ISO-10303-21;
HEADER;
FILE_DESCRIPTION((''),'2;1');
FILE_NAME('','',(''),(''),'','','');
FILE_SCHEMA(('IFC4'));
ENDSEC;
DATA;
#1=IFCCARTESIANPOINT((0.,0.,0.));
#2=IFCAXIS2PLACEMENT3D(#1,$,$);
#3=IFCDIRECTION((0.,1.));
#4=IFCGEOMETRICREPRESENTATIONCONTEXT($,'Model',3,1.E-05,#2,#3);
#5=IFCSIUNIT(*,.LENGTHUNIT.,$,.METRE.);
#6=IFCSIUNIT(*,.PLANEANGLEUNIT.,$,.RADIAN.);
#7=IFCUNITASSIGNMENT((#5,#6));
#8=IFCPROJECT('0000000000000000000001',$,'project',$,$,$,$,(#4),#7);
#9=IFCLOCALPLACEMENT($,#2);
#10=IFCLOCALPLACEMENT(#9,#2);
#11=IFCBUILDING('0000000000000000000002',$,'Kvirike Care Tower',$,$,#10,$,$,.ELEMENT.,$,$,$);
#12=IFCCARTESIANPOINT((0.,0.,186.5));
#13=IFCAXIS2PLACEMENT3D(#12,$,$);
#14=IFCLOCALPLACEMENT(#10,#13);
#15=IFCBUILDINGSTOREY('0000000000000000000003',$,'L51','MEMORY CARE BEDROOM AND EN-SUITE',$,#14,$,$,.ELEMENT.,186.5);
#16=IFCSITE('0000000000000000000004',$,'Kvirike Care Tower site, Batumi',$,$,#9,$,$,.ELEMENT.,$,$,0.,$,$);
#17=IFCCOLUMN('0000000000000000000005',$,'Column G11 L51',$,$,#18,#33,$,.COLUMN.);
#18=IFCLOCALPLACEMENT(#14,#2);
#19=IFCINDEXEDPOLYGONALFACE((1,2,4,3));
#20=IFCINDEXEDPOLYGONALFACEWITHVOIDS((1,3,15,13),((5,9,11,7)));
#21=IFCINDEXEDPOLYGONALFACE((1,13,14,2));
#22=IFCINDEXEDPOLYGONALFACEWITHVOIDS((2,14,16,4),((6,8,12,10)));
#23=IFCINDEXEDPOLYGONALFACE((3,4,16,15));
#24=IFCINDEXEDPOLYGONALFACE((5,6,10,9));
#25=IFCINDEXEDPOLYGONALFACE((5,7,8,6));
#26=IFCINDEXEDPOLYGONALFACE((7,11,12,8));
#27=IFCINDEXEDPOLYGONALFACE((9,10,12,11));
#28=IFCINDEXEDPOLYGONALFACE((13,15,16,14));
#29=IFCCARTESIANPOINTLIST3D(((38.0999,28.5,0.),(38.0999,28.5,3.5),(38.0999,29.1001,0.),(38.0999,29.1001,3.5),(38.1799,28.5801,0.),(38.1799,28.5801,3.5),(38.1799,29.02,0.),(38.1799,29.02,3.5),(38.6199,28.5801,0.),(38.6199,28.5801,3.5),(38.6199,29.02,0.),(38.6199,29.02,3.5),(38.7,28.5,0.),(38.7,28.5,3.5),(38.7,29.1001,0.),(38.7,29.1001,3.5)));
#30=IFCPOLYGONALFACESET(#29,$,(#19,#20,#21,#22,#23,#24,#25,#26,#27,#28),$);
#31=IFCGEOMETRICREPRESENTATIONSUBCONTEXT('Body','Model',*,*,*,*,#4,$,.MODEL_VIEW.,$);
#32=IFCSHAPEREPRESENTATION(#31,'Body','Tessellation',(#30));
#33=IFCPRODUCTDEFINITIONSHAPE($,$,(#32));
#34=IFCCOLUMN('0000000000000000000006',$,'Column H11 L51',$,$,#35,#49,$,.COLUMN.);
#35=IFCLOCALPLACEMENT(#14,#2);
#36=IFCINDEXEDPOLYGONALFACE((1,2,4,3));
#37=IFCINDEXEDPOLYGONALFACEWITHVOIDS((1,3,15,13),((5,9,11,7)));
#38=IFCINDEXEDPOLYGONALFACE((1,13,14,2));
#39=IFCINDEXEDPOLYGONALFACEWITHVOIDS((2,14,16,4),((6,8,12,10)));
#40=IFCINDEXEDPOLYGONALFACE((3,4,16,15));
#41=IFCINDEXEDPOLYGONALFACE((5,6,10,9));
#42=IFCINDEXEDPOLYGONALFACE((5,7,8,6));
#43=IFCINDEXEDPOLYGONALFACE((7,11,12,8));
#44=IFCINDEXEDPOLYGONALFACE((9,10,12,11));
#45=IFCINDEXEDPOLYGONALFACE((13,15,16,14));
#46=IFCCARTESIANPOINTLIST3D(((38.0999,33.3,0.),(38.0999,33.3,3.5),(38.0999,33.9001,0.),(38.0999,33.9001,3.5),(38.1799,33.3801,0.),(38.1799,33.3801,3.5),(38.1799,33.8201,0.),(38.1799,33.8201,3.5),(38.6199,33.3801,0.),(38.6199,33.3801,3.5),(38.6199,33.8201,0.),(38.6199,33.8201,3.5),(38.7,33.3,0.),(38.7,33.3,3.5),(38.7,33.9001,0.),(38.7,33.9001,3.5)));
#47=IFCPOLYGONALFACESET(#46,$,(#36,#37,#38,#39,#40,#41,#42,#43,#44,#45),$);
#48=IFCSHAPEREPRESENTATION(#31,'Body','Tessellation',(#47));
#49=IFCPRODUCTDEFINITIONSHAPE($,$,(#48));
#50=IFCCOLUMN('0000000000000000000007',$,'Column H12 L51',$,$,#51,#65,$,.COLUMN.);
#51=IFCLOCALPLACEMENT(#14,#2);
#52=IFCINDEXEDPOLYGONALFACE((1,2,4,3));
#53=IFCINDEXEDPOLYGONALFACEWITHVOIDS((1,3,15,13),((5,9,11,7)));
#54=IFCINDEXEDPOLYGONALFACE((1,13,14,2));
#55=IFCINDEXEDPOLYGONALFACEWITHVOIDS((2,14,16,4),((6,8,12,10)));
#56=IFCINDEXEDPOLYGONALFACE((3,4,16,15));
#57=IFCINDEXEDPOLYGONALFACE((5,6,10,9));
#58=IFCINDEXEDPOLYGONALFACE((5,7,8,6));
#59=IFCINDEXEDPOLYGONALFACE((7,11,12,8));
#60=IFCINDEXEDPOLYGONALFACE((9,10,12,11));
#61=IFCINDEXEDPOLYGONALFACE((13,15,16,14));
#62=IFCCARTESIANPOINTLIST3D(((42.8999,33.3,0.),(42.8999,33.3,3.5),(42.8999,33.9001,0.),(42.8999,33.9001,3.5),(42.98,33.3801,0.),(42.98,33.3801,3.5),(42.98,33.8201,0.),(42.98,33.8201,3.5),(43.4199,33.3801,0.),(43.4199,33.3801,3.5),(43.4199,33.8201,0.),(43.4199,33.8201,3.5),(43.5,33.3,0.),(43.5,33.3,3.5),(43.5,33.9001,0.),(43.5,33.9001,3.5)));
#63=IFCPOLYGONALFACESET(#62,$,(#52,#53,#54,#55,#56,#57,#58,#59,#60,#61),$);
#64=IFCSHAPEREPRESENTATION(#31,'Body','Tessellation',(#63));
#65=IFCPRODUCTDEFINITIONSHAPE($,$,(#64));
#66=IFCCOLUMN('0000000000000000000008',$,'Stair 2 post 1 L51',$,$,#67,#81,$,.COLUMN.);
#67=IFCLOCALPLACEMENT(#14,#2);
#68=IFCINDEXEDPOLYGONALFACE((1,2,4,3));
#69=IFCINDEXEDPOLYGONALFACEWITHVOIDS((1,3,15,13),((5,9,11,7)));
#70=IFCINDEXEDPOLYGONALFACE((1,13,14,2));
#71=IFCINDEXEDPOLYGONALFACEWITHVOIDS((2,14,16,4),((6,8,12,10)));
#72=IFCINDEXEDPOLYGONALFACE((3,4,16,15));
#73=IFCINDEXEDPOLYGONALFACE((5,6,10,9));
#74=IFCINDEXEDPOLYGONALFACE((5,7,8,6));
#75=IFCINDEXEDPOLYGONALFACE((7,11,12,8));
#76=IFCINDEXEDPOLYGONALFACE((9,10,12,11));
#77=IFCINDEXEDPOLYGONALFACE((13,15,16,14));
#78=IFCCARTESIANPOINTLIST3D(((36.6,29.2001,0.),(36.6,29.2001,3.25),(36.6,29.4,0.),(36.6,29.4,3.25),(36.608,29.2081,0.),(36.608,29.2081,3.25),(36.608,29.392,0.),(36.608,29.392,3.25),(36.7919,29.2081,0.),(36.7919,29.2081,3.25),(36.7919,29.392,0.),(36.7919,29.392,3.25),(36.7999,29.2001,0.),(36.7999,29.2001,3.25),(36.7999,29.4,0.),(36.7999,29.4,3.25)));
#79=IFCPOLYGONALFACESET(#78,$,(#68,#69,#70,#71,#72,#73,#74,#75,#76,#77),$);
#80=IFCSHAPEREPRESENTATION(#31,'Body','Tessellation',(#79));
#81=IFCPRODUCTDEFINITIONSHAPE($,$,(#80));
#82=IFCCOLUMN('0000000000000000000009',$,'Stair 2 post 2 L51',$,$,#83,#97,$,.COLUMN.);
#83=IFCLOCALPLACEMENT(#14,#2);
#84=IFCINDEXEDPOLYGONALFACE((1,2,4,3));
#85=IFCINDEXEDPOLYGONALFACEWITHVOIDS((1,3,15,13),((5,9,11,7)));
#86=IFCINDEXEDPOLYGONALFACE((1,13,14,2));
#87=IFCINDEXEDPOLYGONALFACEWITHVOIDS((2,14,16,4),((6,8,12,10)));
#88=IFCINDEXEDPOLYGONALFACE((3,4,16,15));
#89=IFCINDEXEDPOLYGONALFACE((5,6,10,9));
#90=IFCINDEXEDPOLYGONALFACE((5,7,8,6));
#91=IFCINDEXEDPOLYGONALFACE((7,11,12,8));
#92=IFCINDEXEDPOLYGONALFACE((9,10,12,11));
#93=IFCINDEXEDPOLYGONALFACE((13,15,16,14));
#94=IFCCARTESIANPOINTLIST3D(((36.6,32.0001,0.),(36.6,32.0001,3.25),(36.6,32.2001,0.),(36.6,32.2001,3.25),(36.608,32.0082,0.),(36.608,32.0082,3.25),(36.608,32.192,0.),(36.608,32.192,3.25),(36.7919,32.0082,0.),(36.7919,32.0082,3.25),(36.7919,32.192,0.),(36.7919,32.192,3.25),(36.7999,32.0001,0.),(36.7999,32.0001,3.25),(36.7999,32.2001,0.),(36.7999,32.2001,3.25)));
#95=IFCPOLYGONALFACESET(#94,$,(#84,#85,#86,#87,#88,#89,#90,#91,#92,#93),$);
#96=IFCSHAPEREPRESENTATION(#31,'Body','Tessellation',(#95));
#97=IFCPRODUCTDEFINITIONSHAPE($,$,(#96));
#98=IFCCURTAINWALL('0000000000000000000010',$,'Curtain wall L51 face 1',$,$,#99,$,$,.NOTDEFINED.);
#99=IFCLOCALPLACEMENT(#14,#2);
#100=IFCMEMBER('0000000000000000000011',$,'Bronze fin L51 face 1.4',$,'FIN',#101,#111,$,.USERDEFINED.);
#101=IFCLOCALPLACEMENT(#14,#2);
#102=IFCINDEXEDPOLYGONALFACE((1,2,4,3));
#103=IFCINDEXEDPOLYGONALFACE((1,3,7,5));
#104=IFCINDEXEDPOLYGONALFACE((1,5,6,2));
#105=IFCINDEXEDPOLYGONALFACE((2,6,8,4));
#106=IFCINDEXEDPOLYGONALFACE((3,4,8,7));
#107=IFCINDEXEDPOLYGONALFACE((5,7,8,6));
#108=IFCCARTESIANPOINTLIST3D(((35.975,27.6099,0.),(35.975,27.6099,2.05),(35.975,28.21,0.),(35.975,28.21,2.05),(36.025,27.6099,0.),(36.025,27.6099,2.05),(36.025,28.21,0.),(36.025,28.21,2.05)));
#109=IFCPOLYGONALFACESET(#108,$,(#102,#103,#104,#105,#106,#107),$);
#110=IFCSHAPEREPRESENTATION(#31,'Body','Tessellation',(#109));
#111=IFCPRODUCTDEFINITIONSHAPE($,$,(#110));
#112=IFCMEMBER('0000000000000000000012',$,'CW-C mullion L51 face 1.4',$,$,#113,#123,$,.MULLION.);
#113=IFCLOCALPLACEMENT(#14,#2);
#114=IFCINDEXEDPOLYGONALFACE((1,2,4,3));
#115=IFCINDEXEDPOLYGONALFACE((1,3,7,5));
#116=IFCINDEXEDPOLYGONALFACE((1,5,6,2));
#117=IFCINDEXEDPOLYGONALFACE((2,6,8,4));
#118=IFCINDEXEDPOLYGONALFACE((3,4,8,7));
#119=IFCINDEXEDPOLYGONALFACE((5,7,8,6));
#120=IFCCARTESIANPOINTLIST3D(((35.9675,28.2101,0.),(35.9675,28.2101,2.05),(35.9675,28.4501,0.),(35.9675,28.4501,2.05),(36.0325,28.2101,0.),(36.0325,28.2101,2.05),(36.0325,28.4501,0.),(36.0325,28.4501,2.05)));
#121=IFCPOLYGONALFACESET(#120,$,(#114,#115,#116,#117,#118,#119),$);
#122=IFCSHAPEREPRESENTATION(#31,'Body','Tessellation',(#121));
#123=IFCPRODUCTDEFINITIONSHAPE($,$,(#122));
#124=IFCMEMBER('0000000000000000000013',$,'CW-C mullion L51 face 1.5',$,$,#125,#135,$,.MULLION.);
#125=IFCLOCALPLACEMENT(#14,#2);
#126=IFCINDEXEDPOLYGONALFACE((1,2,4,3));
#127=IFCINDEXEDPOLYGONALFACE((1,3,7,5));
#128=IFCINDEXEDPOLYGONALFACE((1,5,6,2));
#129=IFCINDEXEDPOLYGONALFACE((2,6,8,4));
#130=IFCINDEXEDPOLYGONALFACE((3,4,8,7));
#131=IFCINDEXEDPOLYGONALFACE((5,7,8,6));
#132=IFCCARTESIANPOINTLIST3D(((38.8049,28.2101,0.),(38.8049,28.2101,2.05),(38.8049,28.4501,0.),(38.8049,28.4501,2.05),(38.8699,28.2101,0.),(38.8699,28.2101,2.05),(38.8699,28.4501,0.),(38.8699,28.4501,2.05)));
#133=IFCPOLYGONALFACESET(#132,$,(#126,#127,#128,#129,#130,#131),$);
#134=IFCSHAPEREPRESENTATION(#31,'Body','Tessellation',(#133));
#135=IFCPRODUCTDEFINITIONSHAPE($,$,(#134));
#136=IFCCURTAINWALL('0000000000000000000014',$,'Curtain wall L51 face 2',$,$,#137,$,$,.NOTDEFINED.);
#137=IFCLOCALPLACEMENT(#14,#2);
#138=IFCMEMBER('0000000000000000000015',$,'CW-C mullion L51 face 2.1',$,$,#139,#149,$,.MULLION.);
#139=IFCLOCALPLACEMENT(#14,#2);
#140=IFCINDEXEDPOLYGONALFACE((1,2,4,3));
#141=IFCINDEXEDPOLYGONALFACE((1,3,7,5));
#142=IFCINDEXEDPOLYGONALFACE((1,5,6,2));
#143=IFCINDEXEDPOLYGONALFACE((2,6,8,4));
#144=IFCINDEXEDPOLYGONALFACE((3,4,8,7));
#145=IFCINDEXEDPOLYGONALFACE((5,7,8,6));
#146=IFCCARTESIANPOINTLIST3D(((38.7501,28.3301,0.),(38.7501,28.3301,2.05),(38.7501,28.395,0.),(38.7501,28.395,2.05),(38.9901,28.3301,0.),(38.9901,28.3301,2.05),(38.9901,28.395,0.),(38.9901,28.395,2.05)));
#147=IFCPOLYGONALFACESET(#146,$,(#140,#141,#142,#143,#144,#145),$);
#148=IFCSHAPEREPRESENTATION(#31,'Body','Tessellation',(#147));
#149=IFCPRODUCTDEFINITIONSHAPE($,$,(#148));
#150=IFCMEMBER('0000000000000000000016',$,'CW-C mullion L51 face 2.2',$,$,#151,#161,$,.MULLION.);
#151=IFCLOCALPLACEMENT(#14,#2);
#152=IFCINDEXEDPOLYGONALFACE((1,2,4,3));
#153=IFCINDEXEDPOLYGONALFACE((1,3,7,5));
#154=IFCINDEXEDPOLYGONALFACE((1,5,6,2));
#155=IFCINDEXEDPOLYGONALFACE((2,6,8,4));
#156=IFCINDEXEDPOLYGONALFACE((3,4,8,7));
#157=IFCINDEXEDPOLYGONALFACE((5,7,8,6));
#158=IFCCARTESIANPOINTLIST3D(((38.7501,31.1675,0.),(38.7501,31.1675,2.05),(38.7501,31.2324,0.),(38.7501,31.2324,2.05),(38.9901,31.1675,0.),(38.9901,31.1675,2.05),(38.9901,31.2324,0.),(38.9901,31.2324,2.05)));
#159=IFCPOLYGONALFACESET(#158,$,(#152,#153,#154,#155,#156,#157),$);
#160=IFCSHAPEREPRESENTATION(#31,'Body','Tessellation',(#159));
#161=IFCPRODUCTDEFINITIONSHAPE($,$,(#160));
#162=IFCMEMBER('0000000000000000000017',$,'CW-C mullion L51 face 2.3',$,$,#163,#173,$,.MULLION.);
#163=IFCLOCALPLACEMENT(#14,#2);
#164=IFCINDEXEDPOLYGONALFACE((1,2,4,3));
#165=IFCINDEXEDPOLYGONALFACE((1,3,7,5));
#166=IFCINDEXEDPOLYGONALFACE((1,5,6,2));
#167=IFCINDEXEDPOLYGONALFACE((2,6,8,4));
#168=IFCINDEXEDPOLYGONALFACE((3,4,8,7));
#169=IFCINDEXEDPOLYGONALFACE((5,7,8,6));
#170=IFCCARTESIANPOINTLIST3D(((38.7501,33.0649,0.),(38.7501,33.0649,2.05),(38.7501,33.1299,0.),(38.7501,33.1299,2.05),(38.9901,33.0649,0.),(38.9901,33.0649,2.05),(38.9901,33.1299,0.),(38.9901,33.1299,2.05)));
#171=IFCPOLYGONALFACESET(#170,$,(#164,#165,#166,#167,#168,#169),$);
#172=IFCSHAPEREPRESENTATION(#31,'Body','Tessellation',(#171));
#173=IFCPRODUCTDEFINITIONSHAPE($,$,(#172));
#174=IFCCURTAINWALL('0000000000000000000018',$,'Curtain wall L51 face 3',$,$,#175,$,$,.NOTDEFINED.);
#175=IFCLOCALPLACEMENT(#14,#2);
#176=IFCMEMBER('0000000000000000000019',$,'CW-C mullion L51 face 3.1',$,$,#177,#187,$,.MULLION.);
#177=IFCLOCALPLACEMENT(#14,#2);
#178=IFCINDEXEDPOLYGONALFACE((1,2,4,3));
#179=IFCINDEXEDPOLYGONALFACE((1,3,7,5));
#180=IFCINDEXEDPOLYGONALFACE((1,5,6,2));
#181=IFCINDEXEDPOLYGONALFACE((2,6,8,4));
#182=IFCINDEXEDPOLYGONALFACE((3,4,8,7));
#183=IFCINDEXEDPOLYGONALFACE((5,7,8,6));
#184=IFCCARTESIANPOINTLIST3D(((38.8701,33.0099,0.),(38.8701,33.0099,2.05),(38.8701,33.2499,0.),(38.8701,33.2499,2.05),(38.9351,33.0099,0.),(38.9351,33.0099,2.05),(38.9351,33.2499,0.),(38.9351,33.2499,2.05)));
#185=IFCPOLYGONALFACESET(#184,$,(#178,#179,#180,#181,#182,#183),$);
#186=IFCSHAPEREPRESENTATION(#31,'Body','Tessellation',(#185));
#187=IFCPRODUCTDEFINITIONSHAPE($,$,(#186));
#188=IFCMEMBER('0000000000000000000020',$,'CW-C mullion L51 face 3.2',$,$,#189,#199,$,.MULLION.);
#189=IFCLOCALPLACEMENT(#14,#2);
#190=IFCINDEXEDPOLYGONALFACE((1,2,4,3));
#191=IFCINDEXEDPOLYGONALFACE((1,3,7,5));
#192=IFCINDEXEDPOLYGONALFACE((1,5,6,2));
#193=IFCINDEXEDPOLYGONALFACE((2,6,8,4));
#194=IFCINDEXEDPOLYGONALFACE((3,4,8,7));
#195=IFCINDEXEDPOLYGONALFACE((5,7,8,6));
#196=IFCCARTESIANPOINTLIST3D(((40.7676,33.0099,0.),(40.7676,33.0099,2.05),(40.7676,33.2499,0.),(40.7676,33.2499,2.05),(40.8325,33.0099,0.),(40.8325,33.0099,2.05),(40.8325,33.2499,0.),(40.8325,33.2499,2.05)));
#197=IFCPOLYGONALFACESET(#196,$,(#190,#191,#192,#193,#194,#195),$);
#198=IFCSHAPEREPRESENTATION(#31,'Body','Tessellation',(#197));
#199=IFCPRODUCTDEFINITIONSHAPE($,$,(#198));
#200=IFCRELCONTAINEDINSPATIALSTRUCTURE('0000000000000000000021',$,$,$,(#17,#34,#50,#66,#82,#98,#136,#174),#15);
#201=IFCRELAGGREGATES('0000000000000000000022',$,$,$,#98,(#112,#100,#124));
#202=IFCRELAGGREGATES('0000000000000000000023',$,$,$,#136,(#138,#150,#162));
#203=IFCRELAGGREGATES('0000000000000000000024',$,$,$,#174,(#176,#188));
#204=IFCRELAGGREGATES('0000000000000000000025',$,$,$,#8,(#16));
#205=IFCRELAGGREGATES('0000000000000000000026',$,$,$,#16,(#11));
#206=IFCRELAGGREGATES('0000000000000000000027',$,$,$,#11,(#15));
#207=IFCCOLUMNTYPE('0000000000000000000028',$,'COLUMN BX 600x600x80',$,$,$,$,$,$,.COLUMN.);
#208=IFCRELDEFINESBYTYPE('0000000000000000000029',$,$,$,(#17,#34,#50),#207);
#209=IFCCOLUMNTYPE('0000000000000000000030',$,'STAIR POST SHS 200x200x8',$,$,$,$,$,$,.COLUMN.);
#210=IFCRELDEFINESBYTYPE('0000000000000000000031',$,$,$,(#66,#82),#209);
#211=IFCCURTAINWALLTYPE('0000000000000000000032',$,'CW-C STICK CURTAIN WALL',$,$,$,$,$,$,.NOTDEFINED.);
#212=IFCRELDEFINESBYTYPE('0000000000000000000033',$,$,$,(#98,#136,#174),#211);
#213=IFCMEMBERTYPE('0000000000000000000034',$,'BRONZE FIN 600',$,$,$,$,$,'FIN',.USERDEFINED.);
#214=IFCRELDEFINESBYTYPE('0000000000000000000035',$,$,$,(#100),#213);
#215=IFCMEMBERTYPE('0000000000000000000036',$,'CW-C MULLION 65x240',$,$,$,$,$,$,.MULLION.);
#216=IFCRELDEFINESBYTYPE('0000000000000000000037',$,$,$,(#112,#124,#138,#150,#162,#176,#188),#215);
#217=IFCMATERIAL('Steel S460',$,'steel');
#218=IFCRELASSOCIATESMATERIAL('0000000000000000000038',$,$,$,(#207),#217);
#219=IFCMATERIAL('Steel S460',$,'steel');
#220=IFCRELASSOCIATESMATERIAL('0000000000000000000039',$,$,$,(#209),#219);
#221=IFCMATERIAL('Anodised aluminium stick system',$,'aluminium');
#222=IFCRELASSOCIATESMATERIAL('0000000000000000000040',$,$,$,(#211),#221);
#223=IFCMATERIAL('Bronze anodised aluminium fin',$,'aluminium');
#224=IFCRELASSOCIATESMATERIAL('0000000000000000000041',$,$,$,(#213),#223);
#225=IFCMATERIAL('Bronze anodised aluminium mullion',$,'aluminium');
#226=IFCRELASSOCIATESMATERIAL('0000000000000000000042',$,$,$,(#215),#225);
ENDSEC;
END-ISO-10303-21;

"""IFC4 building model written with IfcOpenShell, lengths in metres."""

from ifc_helpers import new_model, si_unit, direction, frame, origin, origin_2d, place, context, subcontext, project, spatial, rectangle, hollow_rectangle, extrude, material, material_profile, profile_set, type_object, element, aggregate, save


model = new_model("IFC4")

# Units and contexts
model_context = context("Model", 3, precision=1e-05, world=origin(), true_north=direction((0.0, 1.0)))
body_context = subcontext(model_context, "Body", "Model", "MODEL_VIEW")
ifc_project = project(units=[si_unit("LENGTHUNIT", "METRE"), si_unit("PLANEANGLEUNIT", "RADIAN")], contexts=[model_context])

# Site, building, storey
site_placement = place(None, origin())
site = spatial("IfcSite", under=ifc_project, at=site_placement, Name="Kvirike Care Tower site, Batumi", CompositionType="ELEMENT", RefElevation=0.0)
building_placement = place(site_placement, origin())
building = spatial("IfcBuilding", under=site, at=building_placement, Name="Kvirike Care Tower", CompositionType="ELEMENT")
storey_placement = place(building_placement, frame((0.0, 0.0, 186.5)))
storey = spatial("IfcBuildingStorey", under=building, at=storey_placement, Name="L51", Description="MEMORY CARE BEDROOM AND EN-SUITE", CompositionType="ELEMENT", Elevation=186.5)

# Columns
ifc_material_1 = material(Name="Steel S460", Category="steel")
ifc_material_profile_1 = material_profile(ifc_material_1, hollow_rectangle(XDim=0.6001, YDim=0.6001, WallThickness=0.0801, at=origin_2d()), Name="BX 600x600x80")
ifc_profile_set_1 = profile_set([ifc_material_profile_1], Name="Steel S460")
column_type_1 = type_object("IfcColumnType", Name="COLUMN BX 600x600x80", PredefinedType="COLUMN", material=ifc_profile_set_1)
for number, where, z_axis, x_axis, name in (
    (1, (38.3999, 28.8, 0.0), (0.0, 0.0, 1.0), (0.0, 1.0, 0.0), "Column G11 L51"),
    (2, (38.3999, 33.6001, 0.0), (0.0, 0.0, 1.0), (0.0, 1.0, 0.0), "Column H11 L51"),
    (3, (43.2, 33.6001, 0.0), (0.0, 0.0, 1.0), (0.0, 1.0, 0.0), "Column H12 L51"),
):
    element("IfcColumn", number, at=place(storey_placement, frame(where, z_axis=z_axis, x_axis=x_axis)), inside=storey, type_object=column_type_1, Name=name, PredefinedType="COLUMN", context=body_context, shape_type="SweptSolid", body=[
        extrude(hollow_rectangle(XDim=0.6001, YDim=0.6001, WallThickness=0.0801, at=origin_2d()), origin(), (0.0, 0.0, 1.0), 3.5),
    ])
ifc_material_2 = material(Name="Steel S460", Category="steel")
ifc_material_profile_2 = material_profile(ifc_material_2, hollow_rectangle(XDim=0.2, YDim=0.2, WallThickness=0.0081, at=origin_2d()), Name="SHS 200x200x8")
ifc_profile_set_2 = profile_set([ifc_material_profile_2], Name="Steel S460")
column_type_2 = type_object("IfcColumnType", Name="STAIR POST SHS 200x200x8", PredefinedType="COLUMN", material=ifc_profile_set_2)
for number, where, z_axis, x_axis, name in (
    (4, (36.7, 29.3, 0.0), (0.0, 0.0, 1.0), (1.0, 0.0, 0.0), "Stair 2 post 1 L51"),
    (5, (36.7, 32.1001, 0.0), (0.0, 0.0, 1.0), (1.0, 0.0, 0.0), "Stair 2 post 2 L51"),
):
    element("IfcColumn", number, at=place(storey_placement, frame(where, z_axis=z_axis, x_axis=x_axis)), inside=storey, type_object=column_type_2, Name=name, PredefinedType="COLUMN", context=body_context, shape_type="SweptSolid", body=[
        extrude(hollow_rectangle(XDim=0.2, YDim=0.2, WallThickness=0.0081, at=origin_2d()), origin(), (0.0, 0.0, 1.0), 3.25),
    ])

# Curtain walls, members
ifc_material_3 = material(Name="Anodised aluminium stick system", Category="aluminium")
curtain_wall_type = type_object("IfcCurtainWallType", Name="CW-C STICK CURTAIN WALL", PredefinedType="NOTDEFINED", material=ifc_material_3)
curtain_wall_1_placement = place(storey_placement, origin())
curtain_wall_1 = element("IfcCurtainWall", 6, at=curtain_wall_1_placement, inside=storey, type_object=curtain_wall_type, Name="Curtain wall L51 face 1", PredefinedType="NOTDEFINED")
ifc_material_4 = material(Name="Bronze anodised aluminium fin", Category="aluminium")
ifc_material_profile_3 = material_profile(ifc_material_4, rectangle(XDim=0.05, YDim=0.6001, at=origin_2d()), Name="BRONZE FIN 600")
ifc_profile_set_3 = profile_set([ifc_material_profile_3], Name="Bronze anodised aluminium fin")
member_type_1 = type_object("IfcMemberType", Name="BRONZE FIN 600", ElementType="FIN", PredefinedType="USERDEFINED", material=ifc_profile_set_3)
member_1_placement = place(storey_placement, frame((36.0, 27.9099, 0.0), z_axis=(0.0, 0.0, 1.0), x_axis=(1.0, 0.0, 0.0)))
member_1 = element("IfcMember", 7, at=member_1_placement, type_object=member_type_1, Name="Bronze fin L51 face 1.4", ObjectType="FIN", PredefinedType="USERDEFINED", context=body_context, shape_type="SweptSolid", body=[
    extrude(rectangle(XDim=0.05, YDim=0.6001, at=origin_2d()), origin(), (0.0, 0.0, 1.0), 2.05),
])
ifc_material_5 = material(Name="Bronze anodised aluminium mullion", Category="aluminium")
ifc_material_profile_4 = material_profile(ifc_material_5, rectangle(XDim=0.0649, YDim=0.24, at=origin_2d()), Name="CW-C MULLION 65x240")
ifc_profile_set_4 = profile_set([ifc_material_profile_4], Name="Bronze anodised aluminium mullion")
member_type_2 = type_object("IfcMemberType", Name="CW-C MULLION 65x240", PredefinedType="MULLION", material=ifc_profile_set_4)
member_2_placement = place(storey_placement, frame((36.0, 28.3301, 0.0), z_axis=(0.0, 0.0, 1.0), x_axis=(1.0, 0.0, 0.0)))
member_2 = element("IfcMember", 8, at=member_2_placement, type_object=member_type_2, Name="CW-C mullion L51 face 1.4", PredefinedType="MULLION", context=body_context, shape_type="SweptSolid", body=[
    extrude(rectangle(XDim=0.0649, YDim=0.24, at=origin_2d()), origin(), (0.0, 0.0, 1.0), 2.05),
])
member_3_placement = place(storey_placement, frame((38.8374, 28.3301, 0.0), z_axis=(0.0, 0.0, 1.0), x_axis=(1.0, 0.0, 0.0)))
member_3 = element("IfcMember", 9, at=member_3_placement, type_object=member_type_2, Name="CW-C mullion L51 face 1.5", PredefinedType="MULLION", context=body_context, shape_type="SweptSolid", body=[
    extrude(rectangle(XDim=0.0649, YDim=0.24, at=origin_2d()), origin(), (0.0, 0.0, 1.0), 2.05),
])
curtain_wall_2_placement = place(storey_placement, origin())
curtain_wall_2 = element("IfcCurtainWall", 10, at=curtain_wall_2_placement, inside=storey, type_object=curtain_wall_type, Name="Curtain wall L51 face 2", PredefinedType="NOTDEFINED")
member_4_placement = place(storey_placement, frame((38.8701, 28.3625, 0.0), z_axis=(0.0, 0.0, 1.0), x_axis=(0.0, 1.0, 0.0)))
member_4 = element("IfcMember", 11, at=member_4_placement, type_object=member_type_2, Name="CW-C mullion L51 face 2.1", PredefinedType="MULLION", context=body_context, shape_type="SweptSolid", body=[
    extrude(rectangle(XDim=0.0649, YDim=0.24, at=origin_2d()), origin(), (0.0, 0.0, 1.0), 2.05),
])
member_5_placement = place(storey_placement, frame((38.8701, 31.2, 0.0), z_axis=(0.0, 0.0, 1.0), x_axis=(0.0, 1.0, 0.0)))
member_5 = element("IfcMember", 12, at=member_5_placement, type_object=member_type_2, Name="CW-C mullion L51 face 2.2", PredefinedType="MULLION", context=body_context, shape_type="SweptSolid", body=[
    extrude(rectangle(XDim=0.0649, YDim=0.24, at=origin_2d()), origin(), (0.0, 0.0, 1.0), 2.05),
])
member_6_placement = place(storey_placement, frame((38.8701, 33.0974, 0.0), z_axis=(0.0, 0.0, 1.0), x_axis=(0.0, 1.0, 0.0)))
member_6 = element("IfcMember", 13, at=member_6_placement, type_object=member_type_2, Name="CW-C mullion L51 face 2.3", PredefinedType="MULLION", context=body_context, shape_type="SweptSolid", body=[
    extrude(rectangle(XDim=0.0649, YDim=0.24, at=origin_2d()), origin(), (0.0, 0.0, 1.0), 2.05),
])
curtain_wall_3_placement = place(storey_placement, origin())
curtain_wall_3 = element("IfcCurtainWall", 14, at=curtain_wall_3_placement, inside=storey, type_object=curtain_wall_type, Name="Curtain wall L51 face 3", PredefinedType="NOTDEFINED")
member_7_placement = place(storey_placement, frame((38.9026, 33.1299, 0.0), z_axis=(0.0, 0.0, 1.0), x_axis=(1.0, 0.0, 0.0)))
member_7 = element("IfcMember", 15, at=member_7_placement, type_object=member_type_2, Name="CW-C mullion L51 face 3.1", PredefinedType="MULLION", context=body_context, shape_type="SweptSolid", body=[
    extrude(rectangle(XDim=0.0649, YDim=0.24, at=origin_2d()), origin(), (0.0, 0.0, 1.0), 2.05),
])
member_8_placement = place(storey_placement, frame((40.8, 33.1299, 0.0), z_axis=(0.0, 0.0, 1.0), x_axis=(1.0, 0.0, 0.0)))
member_8 = element("IfcMember", 16, at=member_8_placement, type_object=member_type_2, Name="CW-C mullion L51 face 3.2", PredefinedType="MULLION", context=body_context, shape_type="SweptSolid", body=[
    extrude(rectangle(XDim=0.0649, YDim=0.24, at=origin_2d()), origin(), (0.0, 0.0, 1.0), 2.05),
])

aggregate(curtain_wall_1, [member_2, member_1, member_3])
aggregate(curtain_wall_2, [member_4, member_5, member_6])
aggregate(curtain_wall_3, [member_7, member_8])

save(model, "model.ifc")
